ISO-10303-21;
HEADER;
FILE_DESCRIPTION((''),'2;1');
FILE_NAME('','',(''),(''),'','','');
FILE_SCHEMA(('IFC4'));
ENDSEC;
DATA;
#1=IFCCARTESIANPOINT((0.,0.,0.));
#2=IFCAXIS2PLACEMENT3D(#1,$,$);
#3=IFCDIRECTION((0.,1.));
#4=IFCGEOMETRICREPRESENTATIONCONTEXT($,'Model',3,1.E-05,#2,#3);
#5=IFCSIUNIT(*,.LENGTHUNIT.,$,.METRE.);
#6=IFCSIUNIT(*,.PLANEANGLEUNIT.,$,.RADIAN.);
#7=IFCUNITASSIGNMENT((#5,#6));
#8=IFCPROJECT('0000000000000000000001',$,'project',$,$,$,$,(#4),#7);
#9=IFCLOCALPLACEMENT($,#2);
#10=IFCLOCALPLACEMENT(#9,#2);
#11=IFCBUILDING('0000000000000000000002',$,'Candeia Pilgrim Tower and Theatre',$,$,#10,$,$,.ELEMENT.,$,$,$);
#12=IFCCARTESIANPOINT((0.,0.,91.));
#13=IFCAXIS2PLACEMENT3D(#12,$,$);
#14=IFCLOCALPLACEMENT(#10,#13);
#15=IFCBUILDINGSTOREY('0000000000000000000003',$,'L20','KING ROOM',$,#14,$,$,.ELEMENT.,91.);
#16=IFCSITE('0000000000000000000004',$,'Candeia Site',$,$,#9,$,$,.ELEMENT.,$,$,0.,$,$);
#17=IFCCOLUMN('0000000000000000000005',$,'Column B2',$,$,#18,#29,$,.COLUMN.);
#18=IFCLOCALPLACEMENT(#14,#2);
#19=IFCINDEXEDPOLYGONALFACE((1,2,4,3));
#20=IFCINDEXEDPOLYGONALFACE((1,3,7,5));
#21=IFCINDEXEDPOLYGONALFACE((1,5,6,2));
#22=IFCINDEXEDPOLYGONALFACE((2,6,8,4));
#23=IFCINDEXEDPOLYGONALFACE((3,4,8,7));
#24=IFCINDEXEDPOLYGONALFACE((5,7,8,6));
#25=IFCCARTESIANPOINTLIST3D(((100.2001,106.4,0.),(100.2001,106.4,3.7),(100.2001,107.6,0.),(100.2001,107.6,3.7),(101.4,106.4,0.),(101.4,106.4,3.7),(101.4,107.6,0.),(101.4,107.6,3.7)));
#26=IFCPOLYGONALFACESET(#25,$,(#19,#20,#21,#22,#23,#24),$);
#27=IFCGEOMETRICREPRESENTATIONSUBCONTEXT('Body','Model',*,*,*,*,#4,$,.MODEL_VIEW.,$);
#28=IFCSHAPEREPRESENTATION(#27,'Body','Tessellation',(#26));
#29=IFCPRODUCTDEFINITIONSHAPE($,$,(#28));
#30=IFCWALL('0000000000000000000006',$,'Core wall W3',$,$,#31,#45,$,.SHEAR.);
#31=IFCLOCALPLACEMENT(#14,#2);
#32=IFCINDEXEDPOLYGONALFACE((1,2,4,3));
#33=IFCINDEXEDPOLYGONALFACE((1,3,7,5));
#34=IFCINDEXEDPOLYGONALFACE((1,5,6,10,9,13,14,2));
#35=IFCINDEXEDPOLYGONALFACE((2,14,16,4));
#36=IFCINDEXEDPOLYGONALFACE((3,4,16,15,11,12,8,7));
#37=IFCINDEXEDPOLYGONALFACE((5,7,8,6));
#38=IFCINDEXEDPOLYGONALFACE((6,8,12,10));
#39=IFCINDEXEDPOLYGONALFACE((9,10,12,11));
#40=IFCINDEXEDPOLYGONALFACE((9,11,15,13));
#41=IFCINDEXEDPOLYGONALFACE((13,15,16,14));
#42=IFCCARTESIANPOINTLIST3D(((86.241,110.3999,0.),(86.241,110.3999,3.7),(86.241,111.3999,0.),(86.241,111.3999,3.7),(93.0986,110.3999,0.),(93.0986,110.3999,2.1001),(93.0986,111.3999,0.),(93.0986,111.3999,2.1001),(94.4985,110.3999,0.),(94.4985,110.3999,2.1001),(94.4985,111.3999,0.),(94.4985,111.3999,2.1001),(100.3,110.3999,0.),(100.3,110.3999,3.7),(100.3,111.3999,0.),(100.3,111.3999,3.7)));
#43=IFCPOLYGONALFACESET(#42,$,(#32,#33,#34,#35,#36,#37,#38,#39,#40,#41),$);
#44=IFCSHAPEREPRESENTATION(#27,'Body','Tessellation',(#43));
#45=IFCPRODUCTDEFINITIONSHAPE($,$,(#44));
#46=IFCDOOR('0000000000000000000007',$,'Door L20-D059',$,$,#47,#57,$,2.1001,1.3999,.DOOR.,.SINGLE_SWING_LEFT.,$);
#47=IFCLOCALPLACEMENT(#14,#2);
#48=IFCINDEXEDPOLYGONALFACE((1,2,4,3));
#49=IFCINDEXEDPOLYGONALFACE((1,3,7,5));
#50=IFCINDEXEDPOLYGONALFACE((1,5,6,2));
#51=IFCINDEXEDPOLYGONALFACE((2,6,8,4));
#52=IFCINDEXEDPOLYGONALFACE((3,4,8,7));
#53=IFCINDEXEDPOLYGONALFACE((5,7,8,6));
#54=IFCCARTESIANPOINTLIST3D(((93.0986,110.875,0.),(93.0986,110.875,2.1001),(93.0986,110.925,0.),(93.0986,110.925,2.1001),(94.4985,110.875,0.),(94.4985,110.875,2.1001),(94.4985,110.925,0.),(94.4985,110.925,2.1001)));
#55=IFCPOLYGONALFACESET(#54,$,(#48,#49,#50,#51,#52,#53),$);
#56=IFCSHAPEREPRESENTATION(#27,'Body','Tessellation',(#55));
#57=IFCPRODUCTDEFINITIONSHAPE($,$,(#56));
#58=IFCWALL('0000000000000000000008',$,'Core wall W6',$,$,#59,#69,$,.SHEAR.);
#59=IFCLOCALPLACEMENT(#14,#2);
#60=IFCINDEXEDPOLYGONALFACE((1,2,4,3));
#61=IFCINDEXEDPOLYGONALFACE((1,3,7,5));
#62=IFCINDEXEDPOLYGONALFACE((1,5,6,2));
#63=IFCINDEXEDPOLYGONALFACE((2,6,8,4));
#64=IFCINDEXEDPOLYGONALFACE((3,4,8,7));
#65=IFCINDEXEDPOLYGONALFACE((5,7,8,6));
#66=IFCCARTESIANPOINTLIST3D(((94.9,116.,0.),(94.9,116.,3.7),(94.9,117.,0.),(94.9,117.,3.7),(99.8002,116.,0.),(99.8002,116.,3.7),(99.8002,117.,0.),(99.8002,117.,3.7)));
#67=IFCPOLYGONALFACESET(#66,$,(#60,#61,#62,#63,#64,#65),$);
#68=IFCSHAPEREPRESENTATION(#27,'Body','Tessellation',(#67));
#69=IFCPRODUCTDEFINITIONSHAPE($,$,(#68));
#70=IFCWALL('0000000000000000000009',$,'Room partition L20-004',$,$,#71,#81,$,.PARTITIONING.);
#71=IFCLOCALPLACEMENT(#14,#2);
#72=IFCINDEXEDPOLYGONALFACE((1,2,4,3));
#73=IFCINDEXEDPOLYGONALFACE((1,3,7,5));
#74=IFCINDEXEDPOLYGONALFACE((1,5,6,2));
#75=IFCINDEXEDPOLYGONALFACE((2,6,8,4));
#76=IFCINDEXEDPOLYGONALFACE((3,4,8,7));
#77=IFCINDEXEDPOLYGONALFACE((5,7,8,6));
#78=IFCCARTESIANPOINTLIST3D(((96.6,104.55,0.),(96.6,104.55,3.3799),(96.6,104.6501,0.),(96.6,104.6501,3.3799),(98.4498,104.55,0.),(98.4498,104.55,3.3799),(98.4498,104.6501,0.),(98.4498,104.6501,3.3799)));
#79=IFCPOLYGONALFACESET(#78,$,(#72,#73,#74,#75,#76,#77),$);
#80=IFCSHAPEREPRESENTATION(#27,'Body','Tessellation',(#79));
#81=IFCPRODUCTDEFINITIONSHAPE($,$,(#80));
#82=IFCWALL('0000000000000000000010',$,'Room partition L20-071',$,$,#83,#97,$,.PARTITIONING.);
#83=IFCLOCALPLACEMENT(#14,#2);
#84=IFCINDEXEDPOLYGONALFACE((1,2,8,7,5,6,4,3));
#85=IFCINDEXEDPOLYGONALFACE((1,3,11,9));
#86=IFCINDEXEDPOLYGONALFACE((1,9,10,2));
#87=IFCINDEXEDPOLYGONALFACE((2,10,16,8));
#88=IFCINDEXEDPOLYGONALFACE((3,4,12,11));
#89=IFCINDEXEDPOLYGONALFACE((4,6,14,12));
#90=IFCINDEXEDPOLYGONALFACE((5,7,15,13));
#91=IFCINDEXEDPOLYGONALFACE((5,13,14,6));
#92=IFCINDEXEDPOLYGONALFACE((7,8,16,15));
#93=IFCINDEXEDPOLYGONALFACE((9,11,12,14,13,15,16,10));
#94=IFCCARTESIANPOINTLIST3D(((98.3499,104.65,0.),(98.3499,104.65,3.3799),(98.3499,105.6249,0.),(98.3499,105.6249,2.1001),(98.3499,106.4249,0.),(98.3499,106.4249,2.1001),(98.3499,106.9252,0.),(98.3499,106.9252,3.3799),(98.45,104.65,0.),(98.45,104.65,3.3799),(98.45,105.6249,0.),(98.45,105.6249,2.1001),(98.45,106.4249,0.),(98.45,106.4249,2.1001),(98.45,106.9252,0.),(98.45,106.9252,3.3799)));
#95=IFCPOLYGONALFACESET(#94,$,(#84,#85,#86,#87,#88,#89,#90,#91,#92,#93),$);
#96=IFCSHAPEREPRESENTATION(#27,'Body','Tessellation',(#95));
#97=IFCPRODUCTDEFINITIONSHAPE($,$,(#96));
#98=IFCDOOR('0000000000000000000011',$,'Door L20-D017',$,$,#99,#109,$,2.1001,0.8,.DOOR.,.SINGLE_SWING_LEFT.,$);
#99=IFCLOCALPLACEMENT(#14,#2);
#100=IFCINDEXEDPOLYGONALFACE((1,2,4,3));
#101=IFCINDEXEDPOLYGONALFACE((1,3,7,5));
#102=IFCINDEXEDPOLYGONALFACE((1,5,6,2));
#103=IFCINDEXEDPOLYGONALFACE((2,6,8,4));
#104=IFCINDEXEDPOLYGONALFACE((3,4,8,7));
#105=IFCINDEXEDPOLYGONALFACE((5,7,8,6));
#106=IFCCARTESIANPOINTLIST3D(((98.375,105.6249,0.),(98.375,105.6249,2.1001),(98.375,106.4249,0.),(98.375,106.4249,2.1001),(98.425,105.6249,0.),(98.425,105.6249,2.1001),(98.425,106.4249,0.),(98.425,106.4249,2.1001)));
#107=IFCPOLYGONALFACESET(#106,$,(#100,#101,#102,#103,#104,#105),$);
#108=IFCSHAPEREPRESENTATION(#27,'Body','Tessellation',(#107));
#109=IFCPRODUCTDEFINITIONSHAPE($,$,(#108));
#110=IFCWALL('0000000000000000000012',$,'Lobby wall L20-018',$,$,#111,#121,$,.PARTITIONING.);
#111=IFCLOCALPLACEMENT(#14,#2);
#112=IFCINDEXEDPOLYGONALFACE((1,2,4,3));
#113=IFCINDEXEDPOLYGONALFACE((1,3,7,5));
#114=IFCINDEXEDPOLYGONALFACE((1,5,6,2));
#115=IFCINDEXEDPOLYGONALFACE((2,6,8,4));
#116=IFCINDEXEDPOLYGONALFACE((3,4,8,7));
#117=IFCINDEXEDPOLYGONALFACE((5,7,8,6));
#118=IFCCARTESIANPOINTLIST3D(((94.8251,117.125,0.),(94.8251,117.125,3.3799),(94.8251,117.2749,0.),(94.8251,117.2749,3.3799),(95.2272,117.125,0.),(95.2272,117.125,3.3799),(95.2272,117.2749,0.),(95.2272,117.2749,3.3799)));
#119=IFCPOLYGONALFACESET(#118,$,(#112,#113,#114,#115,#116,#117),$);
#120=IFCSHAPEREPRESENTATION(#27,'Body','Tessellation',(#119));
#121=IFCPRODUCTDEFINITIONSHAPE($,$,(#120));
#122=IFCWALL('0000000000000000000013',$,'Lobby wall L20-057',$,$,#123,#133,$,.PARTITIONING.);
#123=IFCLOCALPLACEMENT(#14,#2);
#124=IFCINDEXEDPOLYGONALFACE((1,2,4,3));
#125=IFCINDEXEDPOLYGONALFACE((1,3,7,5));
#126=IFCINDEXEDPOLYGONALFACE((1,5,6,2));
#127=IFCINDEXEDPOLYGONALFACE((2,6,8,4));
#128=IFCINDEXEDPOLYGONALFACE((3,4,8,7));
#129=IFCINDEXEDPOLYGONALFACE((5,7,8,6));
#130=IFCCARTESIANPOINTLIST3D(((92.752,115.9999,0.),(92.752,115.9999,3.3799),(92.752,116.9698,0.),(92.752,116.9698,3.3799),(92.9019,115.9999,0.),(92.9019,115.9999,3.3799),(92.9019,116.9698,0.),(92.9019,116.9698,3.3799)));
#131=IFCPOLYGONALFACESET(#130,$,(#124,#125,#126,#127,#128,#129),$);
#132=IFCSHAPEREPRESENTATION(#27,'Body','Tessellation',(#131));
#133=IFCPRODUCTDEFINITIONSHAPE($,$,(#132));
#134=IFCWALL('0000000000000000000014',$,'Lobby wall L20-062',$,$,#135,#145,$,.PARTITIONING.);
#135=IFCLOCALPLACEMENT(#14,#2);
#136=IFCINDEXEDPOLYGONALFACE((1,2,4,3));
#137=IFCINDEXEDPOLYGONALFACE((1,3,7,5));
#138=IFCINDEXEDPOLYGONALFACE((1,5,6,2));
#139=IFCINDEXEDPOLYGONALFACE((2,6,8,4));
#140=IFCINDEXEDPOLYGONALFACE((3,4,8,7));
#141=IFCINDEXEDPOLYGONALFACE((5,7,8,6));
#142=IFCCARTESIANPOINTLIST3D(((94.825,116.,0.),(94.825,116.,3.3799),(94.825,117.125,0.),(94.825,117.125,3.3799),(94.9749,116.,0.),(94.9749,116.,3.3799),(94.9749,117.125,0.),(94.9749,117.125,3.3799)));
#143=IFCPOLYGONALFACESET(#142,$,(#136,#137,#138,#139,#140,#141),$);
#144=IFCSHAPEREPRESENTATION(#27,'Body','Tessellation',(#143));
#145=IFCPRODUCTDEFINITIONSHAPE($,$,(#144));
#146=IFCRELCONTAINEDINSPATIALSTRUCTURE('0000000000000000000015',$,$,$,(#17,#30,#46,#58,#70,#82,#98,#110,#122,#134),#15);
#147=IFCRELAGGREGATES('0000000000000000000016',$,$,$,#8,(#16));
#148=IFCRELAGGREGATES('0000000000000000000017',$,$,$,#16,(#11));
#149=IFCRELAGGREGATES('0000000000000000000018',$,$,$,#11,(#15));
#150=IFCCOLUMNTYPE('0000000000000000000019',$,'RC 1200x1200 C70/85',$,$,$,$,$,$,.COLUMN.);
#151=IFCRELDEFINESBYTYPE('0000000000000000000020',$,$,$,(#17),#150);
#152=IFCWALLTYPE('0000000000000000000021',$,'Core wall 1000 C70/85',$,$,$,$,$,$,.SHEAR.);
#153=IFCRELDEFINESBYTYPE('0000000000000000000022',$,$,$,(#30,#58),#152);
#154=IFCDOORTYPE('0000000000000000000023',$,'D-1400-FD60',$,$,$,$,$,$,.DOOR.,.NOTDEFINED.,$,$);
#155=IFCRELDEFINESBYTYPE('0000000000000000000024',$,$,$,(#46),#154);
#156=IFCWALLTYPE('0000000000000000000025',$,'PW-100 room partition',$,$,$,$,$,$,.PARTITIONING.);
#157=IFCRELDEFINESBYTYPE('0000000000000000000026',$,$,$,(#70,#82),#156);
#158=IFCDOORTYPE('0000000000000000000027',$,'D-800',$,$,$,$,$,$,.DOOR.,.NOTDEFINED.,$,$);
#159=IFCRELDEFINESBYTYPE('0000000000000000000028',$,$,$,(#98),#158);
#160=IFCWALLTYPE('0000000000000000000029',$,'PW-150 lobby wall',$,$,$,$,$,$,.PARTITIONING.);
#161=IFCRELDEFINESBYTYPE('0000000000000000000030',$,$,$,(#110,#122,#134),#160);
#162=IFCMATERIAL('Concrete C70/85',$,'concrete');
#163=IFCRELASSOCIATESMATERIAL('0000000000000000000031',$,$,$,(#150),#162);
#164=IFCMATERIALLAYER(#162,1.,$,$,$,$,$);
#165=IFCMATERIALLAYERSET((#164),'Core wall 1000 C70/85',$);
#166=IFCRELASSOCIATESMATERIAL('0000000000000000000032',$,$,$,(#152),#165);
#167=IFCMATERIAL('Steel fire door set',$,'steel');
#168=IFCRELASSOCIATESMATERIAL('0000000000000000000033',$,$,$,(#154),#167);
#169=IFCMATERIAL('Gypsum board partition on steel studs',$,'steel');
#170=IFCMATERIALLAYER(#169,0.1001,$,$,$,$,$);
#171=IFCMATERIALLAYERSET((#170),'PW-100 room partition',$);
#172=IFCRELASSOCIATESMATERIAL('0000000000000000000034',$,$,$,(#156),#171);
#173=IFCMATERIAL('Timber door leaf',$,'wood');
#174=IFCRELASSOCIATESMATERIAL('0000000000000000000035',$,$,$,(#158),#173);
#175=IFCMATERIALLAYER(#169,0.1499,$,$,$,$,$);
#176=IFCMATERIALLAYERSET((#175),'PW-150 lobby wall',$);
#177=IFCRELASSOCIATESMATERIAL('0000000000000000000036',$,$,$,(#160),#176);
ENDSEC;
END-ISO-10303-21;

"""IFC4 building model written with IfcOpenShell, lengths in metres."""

from ifc_helpers import new_model, si_unit, direction, frame, frame_2d, origin, origin_2d, place, context, subcontext, project, spatial, rectangle, extrude, material, layer, layer_set, material_profile, profile_set, type_object, element, fill, save


model = new_model("IFC4")

# Units and contexts
model_context = context("Model", 3, precision=1e-05, world=origin(), true_north=direction((0.0, 1.0)))
body_context = subcontext(model_context, "Body", "Model", "MODEL_VIEW")
ifc_project = project(units=[si_unit("LENGTHUNIT", "METRE"), si_unit("PLANEANGLEUNIT", "RADIAN")], contexts=[model_context])

# Site, building, storey
site_placement = place(None, origin())
site = spatial("IfcSite", under=ifc_project, at=site_placement, Name="Candeia Site", CompositionType="ELEMENT", RefElevation=0.0)
building_placement = place(site_placement, origin())
building = spatial("IfcBuilding", under=site, at=building_placement, Name="Candeia Pilgrim Tower and Theatre", CompositionType="ELEMENT")
storey_placement = place(building_placement, frame((0.0, 0.0, 91.0)))
storey = spatial("IfcBuildingStorey", under=building, at=storey_placement, Name="L20", Description="KING ROOM", CompositionType="ELEMENT", Elevation=91.0)

# Column
ifc_material_1 = material(Name="Concrete C70/85", Category="concrete")
ifc_material_profile = material_profile(ifc_material_1, rectangle(XDim=1.2, YDim=1.2, at=origin_2d()))
ifc_profile_set = profile_set([ifc_material_profile], Name="Concrete C70/85")
column_type = type_object("IfcColumnType", Name="RC 1200x1200 C70/85", PredefinedType="COLUMN", material=ifc_profile_set)
column_placement = place(storey_placement, frame((100.8, 107.0, 0.0), z_axis=(0.0, 0.0, 1.0), x_axis=(1.0, 0.0, 0.0)))
element("IfcColumn", 1, at=column_placement, inside=storey, type_object=column_type, Name="Column B2", PredefinedType="COLUMN", context=body_context, shape_type="SweptSolid", body=[
    extrude(rectangle(XDim=1.2, YDim=1.2, at=origin_2d()), origin(), (0.0, 0.0, 1.0), 3.7),
])

# Wall, opening, door
ifc_layer_1 = layer(ifc_material_1, 1.0)
ifc_layer_set_1 = layer_set([ifc_layer_1], Name="Core wall 1000 C70/85")
wall_type_1 = type_object("IfcWallType", Name="Core wall 1000 C70/85", PredefinedType="SHEAR", material=ifc_layer_set_1)
wall_1_placement = place(storey_placement, frame((100.3, 110.8999, 0.0), z_axis=(0.0, 0.0, 1.0), x_axis=(-1.0, 0.0, 0.0)))
wall_1 = element("IfcWall", 2, at=wall_1_placement, inside=storey, type_object=wall_type_1, Name="Core wall W3", PredefinedType="SHEAR", context=body_context, shape_type="SweptSolid", body=[
    extrude(rectangle(XDim=14.0591, YDim=1.0, at=frame_2d((7.0295, 0.0))), origin(), (0.0, 0.0, 1.0), 3.7),
])
opening_1_placement = place(wall_1_placement, frame((5.8015, 0.0, 0.0)))
opening_1 = element("IfcOpeningElement", 3, at=opening_1_placement, cuts=wall_1, PredefinedType="OPENING", context=body_context, shape_type="SweptSolid", body=[
    extrude(rectangle(XDim=1.3999, YDim=2.1001, at=frame_2d((0.7, 1.05))), frame((0.0, 0.51, 0.0), z_axis=(0.0, -1.0, 0.0), x_axis=(1.0, 0.0, 0.0)), (0.0, 0.0, 1.0), 1.02),
])
ifc_material_2 = material(Name="Steel fire door set", Category="steel")
door_type_1 = type_object("IfcDoorType", Name="D-1400-FD60", OperationType="NOTDEFINED", PredefinedType="DOOR", material=ifc_material_2)
door_1_placement = place(opening_1_placement, origin())
door_1 = element("IfcDoor", 4, at=door_1_placement, inside=storey, type_object=door_type_1, Name="Door L20-D059", OperationType="SINGLE_SWING_LEFT", OverallHeight=2.1001, OverallWidth=1.3999, PredefinedType="DOOR", context=body_context, shape_type="SweptSolid", body=[
    extrude(rectangle(XDim=1.3999, YDim=2.1001, at=frame_2d((0.7, 1.05))), frame((0.0, 0.0249, 0.0), z_axis=(0.0, -1.0, 0.0), x_axis=(1.0, 0.0, 0.0)), (0.0, 0.0, 1.0), 0.05),
])
fill(opening_1, door_1)

# Walls
wall_2_placement = place(storey_placement, frame((94.8999, 116.5, 0.0), z_axis=(0.0, 0.0, 1.0), x_axis=(1.0, 0.0, 0.0)))
element("IfcWall", 5, at=wall_2_placement, inside=storey, type_object=wall_type_1, Name="Core wall W6", PredefinedType="SHEAR", context=body_context, shape_type="SweptSolid", body=[
    extrude(rectangle(XDim=4.9001, YDim=1.0, at=frame_2d((2.4502, 0.0))), origin(), (0.0, 0.0, 1.0), 3.7),
])
ifc_material_3 = material(Name="Gypsum board partition on steel studs", Category="steel")
ifc_layer_2 = layer(ifc_material_3, 0.1001)
ifc_layer_set_2 = layer_set([ifc_layer_2], Name="PW-100 room partition")
wall_type_2 = type_object("IfcWallType", Name="PW-100 room partition", PredefinedType="PARTITIONING", material=ifc_layer_set_2)
wall_3_placement = place(storey_placement, frame((96.6001, 104.6001, 0.0), z_axis=(0.0, 0.0, 1.0), x_axis=(1.0, 0.0, 0.0)))
element("IfcWall", 6, at=wall_3_placement, inside=storey, type_object=wall_type_2, Name="Room partition L20-004", PredefinedType="PARTITIONING", context=body_context, shape_type="SweptSolid", body=[
    extrude(rectangle(XDim=1.8499, YDim=0.1001, at=frame_2d((0.9248, 0.0))), origin(), (0.0, 0.0, 1.0), 3.3799),
])

# Wall, opening, door
wall_4_placement = place(storey_placement, frame((98.3999, 104.6499, 0.0), z_axis=(0.0, 0.0, 1.0), x_axis=(0.0, 1.0, 0.0)))
wall_4 = element("IfcWall", 7, at=wall_4_placement, inside=storey, type_object=wall_type_2, Name="Room partition L20-071", PredefinedType="PARTITIONING", context=body_context, shape_type="SweptSolid", body=[
    extrude(rectangle(XDim=2.2751, YDim=0.1001, at=frame_2d((1.1377, 0.0))), origin(), (0.0, 0.0, 1.0), 3.3799),
])
opening_2_placement = place(wall_4_placement, frame((0.9751, 0.0, 0.0)))
opening_2 = element("IfcOpeningElement", 8, at=opening_2_placement, cuts=wall_4, PredefinedType="OPENING", context=body_context, shape_type="SweptSolid", body=[
    extrude(rectangle(XDim=0.8, YDim=2.1001, at=frame_2d((0.3999, 1.05))), frame((0.0, 0.0601, 0.0), z_axis=(0.0, -1.0, 0.0), x_axis=(1.0, 0.0, 0.0)), (0.0, 0.0, 1.0), 0.1201),
])
ifc_material_4 = material(Name="Timber door leaf", Category="wood")
door_type_2 = type_object("IfcDoorType", Name="D-800", OperationType="NOTDEFINED", PredefinedType="DOOR", material=ifc_material_4)
door_2_placement = place(opening_2_placement, origin())
door_2 = element("IfcDoor", 9, at=door_2_placement, inside=storey, type_object=door_type_2, Name="Door L20-D017", OperationType="SINGLE_SWING_LEFT", OverallHeight=2.1001, OverallWidth=0.8, PredefinedType="DOOR", context=body_context, shape_type="SweptSolid", body=[
    extrude(rectangle(XDim=0.8, YDim=2.1001, at=frame_2d((0.3999, 1.05))), frame((0.0, 0.0249, 0.0), z_axis=(0.0, -1.0, 0.0), x_axis=(1.0, 0.0, 0.0)), (0.0, 0.0, 1.0), 0.05),
])
fill(opening_2, door_2)

# Walls
ifc_layer_3 = layer(ifc_material_3, 0.1499)
ifc_layer_set_3 = layer_set([ifc_layer_3], Name="PW-150 lobby wall")
wall_type_3 = type_object("IfcWallType", Name="PW-150 lobby wall", PredefinedType="PARTITIONING", material=ifc_layer_set_3)
wall_5_placement = place(storey_placement, frame((94.825, 117.2, 0.0), z_axis=(0.0, 0.0, 1.0), x_axis=(1.0, 0.0, 0.0)))
element("IfcWall", 10, at=wall_5_placement, inside=storey, type_object=wall_type_3, Name="Lobby wall L20-018", PredefinedType="PARTITIONING", context=body_context, shape_type="SweptSolid", body=[
    extrude(rectangle(XDim=0.4021, YDim=0.1499, at=frame_2d((0.2012, 0.0))), origin(), (0.0, 0.0, 1.0), 3.3799),
])
wall_6_placement = place(storey_placement, frame((92.8269, 116.0, 0.0), z_axis=(0.0, 0.0, 1.0), x_axis=(0.0, 1.0, 0.0)))
element("IfcWall", 11, at=wall_6_placement, inside=storey, type_object=wall_type_3, Name="Lobby wall L20-057", PredefinedType="PARTITIONING", context=body_context, shape_type="SweptSolid", body=[
    extrude(rectangle(XDim=0.97, YDim=0.1499, at=frame_2d((0.4849, 0.0))), origin(), (0.0, 0.0, 1.0), 3.3799),
])
wall_7_placement = place(storey_placement, frame((94.8999, 116.0, 0.0), z_axis=(0.0, 0.0, 1.0), x_axis=(0.0, 1.0, 0.0)))
element("IfcWall", 12, at=wall_7_placement, inside=storey, type_object=wall_type_3, Name="Lobby wall L20-062", PredefinedType="PARTITIONING", context=body_context, shape_type="SweptSolid", body=[
    extrude(rectangle(XDim=1.125, YDim=0.1499, at=frame_2d((0.5625, 0.0))), origin(), (0.0, 0.0, 1.0), 3.3799),
])

save(model, "model.ifc")
